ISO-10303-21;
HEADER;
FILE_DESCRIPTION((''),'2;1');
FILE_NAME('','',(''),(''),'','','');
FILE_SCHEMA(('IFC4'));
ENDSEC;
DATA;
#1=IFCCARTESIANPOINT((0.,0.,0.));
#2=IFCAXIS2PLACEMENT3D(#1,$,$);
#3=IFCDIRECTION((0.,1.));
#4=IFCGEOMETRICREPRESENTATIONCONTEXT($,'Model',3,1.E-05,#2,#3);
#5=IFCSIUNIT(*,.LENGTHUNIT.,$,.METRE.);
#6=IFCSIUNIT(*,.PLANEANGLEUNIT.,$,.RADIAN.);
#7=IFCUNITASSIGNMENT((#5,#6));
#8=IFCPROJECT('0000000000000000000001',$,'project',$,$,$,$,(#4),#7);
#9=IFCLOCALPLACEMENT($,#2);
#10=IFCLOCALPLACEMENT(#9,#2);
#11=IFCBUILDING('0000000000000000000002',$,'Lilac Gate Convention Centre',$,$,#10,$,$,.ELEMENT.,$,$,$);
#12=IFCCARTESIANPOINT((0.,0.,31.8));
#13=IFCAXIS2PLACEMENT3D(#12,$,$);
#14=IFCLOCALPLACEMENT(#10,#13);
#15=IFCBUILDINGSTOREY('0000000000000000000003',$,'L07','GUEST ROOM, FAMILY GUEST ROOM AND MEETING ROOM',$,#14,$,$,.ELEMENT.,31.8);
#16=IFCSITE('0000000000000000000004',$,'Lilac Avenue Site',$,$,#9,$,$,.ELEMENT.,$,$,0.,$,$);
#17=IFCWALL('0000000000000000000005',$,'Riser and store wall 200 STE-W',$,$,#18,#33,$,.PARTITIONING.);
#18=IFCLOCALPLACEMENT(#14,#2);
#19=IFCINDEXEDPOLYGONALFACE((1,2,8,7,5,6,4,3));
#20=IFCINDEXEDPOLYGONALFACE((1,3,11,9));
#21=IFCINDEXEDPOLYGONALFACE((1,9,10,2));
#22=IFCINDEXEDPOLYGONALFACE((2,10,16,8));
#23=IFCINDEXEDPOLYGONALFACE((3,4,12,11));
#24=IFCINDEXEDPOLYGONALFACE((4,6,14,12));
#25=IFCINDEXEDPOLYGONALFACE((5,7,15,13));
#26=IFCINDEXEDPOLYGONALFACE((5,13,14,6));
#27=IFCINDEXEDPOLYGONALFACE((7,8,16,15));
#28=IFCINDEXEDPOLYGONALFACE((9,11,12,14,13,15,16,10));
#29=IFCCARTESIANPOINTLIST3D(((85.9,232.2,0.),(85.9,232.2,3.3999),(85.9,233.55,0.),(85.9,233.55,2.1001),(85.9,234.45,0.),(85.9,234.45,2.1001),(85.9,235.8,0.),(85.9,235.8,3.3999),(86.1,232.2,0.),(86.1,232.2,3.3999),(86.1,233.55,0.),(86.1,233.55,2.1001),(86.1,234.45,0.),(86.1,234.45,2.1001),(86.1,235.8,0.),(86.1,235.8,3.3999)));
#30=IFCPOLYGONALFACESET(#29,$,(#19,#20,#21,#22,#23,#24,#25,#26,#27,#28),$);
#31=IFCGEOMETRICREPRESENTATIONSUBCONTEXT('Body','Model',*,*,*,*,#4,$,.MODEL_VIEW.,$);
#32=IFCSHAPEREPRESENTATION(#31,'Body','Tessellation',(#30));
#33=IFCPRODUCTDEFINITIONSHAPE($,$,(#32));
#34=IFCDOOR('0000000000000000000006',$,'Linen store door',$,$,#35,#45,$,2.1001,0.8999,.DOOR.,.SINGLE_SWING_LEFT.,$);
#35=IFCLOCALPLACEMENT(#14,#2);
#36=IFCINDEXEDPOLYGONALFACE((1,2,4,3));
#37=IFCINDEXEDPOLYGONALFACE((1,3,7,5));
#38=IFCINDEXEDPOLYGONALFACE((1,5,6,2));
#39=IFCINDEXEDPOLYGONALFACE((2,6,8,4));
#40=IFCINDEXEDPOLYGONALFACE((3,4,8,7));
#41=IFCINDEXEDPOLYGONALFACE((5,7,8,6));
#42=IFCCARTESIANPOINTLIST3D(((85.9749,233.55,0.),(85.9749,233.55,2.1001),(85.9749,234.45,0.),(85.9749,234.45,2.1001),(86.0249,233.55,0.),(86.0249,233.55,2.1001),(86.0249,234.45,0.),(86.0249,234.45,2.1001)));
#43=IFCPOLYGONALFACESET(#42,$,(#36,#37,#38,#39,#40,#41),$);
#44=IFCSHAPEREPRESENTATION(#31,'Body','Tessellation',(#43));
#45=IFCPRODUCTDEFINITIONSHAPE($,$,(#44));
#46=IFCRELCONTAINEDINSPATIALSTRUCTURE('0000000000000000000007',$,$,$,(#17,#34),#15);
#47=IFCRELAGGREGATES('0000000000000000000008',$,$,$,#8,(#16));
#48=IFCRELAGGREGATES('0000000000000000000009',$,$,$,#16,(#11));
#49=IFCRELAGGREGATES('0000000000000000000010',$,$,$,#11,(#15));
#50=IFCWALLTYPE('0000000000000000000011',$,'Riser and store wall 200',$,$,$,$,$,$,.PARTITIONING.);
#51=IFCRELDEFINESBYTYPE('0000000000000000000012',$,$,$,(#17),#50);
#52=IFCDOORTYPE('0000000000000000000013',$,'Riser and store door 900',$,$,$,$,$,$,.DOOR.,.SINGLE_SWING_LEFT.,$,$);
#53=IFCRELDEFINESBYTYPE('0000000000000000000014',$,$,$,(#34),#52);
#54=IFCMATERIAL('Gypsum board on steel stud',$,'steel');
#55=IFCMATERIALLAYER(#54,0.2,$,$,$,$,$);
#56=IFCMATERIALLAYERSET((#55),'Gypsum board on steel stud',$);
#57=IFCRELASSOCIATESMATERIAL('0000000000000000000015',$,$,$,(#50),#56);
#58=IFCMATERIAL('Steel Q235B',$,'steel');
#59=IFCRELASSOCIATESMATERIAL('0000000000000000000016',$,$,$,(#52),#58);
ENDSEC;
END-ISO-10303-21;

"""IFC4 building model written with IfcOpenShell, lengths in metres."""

from ifc_helpers import new_model, si_unit, direction, frame, frame_2d, origin, place, context, subcontext, project, spatial, rectangle, extrude, material, layer, layer_set, type_object, element, fill, save


model = new_model("IFC4")

# Units and contexts
model_context = context("Model", 3, precision=1e-05, world=origin(), true_north=direction((0.0, 1.0)))
body_context = subcontext(model_context, "Body", "Model", "MODEL_VIEW")
ifc_project = project(units=[si_unit("LENGTHUNIT", "METRE"), si_unit("PLANEANGLEUNIT", "RADIAN")], contexts=[model_context])

# Site, building, storey
site_placement = place(None, origin())
site = spatial("IfcSite", under=ifc_project, at=site_placement, Name="Lilac Avenue Site", CompositionType="ELEMENT", RefElevation=0.0)
building_placement = place(site_placement, origin())
building = spatial("IfcBuilding", under=site, at=building_placement, Name="Lilac Gate Convention Centre", CompositionType="ELEMENT")
storey_placement = place(building_placement, frame((0.0, 0.0, 31.8)))
storey = spatial("IfcBuildingStorey", under=building, at=storey_placement, Name="L07", Description="GUEST ROOM, FAMILY GUEST ROOM AND MEETING ROOM", CompositionType="ELEMENT", Elevation=31.8)

# Shared definitions
ifc_material_1 = material(Name="Gypsum board on steel stud", Category="steel")

# Shared definitions
ifc_layer_1 = layer(ifc_material_1, 0.2)
ifc_layer_set_1 = layer_set([ifc_layer_1], Name="Gypsum board on steel stud")
wall_type_1 = type_object("IfcWallType", Name="Riser and store wall 200", PredefinedType="PARTITIONING", material=ifc_layer_set_1)

# Wall, opening, door
wall_1_placement = place(storey_placement, frame((86.0, 235.8, 0.0), z_axis=(0.0, 0.0, 1.0), x_axis=(0.0, -1.0, 0.0)))
wall_1 = element("IfcWall", 1, at=wall_1_placement, inside=storey, type_object=wall_type_1, Name="Riser and store wall 200 STE-W", PredefinedType="PARTITIONING", context=body_context, shape_type="SweptSolid", body=[
    extrude(rectangle(XDim=3.6001, YDim=0.2, at=frame_2d((1.8, 0.0))), origin(), (0.0, 0.0, 1.0), 3.3999),
])
opening_1_placement = place(wall_1_placement, frame((1.3501, 0.0, 0.0)))
opening_1 = element("IfcOpeningElement", 2, at=opening_1_placement, cuts=wall_1, PredefinedType="OPENING", context=body_context, shape_type="SweptSolid", body=[
    extrude(rectangle(XDim=0.8999, YDim=2.1001, at=frame_2d((0.45, 1.05))), frame((0.0, 0.1099, 0.0), z_axis=(0.0, -1.0, 0.0), x_axis=(1.0, 0.0, 0.0)), (0.0, 0.0, 1.0), 0.22),
])
ifc_material_2 = material(Name="Steel Q235B", Category="steel")
door_type_1 = type_object("IfcDoorType", Name="Riser and store door 900", OperationType="SINGLE_SWING_LEFT", PredefinedType="DOOR", material=ifc_material_2)
door_1_placement = place(opening_1_placement, origin())
door_1 = element("IfcDoor", 3, at=door_1_placement, inside=storey, type_object=door_type_1, Name="Linen store door", OperationType="SINGLE_SWING_LEFT", OverallHeight=2.1001, OverallWidth=0.8999, PredefinedType="DOOR", context=body_context, shape_type="SweptSolid", body=[
    extrude(rectangle(XDim=0.8999, YDim=2.1001, at=frame_2d((0.45, 1.05))), frame((0.0, 0.0249, 0.0), z_axis=(0.0, -1.0, 0.0), x_axis=(1.0, 0.0, 0.0)), (0.0, 0.0, 1.0), 0.05),
])
fill(opening_1, door_1)

save(model, "model.ifc")
